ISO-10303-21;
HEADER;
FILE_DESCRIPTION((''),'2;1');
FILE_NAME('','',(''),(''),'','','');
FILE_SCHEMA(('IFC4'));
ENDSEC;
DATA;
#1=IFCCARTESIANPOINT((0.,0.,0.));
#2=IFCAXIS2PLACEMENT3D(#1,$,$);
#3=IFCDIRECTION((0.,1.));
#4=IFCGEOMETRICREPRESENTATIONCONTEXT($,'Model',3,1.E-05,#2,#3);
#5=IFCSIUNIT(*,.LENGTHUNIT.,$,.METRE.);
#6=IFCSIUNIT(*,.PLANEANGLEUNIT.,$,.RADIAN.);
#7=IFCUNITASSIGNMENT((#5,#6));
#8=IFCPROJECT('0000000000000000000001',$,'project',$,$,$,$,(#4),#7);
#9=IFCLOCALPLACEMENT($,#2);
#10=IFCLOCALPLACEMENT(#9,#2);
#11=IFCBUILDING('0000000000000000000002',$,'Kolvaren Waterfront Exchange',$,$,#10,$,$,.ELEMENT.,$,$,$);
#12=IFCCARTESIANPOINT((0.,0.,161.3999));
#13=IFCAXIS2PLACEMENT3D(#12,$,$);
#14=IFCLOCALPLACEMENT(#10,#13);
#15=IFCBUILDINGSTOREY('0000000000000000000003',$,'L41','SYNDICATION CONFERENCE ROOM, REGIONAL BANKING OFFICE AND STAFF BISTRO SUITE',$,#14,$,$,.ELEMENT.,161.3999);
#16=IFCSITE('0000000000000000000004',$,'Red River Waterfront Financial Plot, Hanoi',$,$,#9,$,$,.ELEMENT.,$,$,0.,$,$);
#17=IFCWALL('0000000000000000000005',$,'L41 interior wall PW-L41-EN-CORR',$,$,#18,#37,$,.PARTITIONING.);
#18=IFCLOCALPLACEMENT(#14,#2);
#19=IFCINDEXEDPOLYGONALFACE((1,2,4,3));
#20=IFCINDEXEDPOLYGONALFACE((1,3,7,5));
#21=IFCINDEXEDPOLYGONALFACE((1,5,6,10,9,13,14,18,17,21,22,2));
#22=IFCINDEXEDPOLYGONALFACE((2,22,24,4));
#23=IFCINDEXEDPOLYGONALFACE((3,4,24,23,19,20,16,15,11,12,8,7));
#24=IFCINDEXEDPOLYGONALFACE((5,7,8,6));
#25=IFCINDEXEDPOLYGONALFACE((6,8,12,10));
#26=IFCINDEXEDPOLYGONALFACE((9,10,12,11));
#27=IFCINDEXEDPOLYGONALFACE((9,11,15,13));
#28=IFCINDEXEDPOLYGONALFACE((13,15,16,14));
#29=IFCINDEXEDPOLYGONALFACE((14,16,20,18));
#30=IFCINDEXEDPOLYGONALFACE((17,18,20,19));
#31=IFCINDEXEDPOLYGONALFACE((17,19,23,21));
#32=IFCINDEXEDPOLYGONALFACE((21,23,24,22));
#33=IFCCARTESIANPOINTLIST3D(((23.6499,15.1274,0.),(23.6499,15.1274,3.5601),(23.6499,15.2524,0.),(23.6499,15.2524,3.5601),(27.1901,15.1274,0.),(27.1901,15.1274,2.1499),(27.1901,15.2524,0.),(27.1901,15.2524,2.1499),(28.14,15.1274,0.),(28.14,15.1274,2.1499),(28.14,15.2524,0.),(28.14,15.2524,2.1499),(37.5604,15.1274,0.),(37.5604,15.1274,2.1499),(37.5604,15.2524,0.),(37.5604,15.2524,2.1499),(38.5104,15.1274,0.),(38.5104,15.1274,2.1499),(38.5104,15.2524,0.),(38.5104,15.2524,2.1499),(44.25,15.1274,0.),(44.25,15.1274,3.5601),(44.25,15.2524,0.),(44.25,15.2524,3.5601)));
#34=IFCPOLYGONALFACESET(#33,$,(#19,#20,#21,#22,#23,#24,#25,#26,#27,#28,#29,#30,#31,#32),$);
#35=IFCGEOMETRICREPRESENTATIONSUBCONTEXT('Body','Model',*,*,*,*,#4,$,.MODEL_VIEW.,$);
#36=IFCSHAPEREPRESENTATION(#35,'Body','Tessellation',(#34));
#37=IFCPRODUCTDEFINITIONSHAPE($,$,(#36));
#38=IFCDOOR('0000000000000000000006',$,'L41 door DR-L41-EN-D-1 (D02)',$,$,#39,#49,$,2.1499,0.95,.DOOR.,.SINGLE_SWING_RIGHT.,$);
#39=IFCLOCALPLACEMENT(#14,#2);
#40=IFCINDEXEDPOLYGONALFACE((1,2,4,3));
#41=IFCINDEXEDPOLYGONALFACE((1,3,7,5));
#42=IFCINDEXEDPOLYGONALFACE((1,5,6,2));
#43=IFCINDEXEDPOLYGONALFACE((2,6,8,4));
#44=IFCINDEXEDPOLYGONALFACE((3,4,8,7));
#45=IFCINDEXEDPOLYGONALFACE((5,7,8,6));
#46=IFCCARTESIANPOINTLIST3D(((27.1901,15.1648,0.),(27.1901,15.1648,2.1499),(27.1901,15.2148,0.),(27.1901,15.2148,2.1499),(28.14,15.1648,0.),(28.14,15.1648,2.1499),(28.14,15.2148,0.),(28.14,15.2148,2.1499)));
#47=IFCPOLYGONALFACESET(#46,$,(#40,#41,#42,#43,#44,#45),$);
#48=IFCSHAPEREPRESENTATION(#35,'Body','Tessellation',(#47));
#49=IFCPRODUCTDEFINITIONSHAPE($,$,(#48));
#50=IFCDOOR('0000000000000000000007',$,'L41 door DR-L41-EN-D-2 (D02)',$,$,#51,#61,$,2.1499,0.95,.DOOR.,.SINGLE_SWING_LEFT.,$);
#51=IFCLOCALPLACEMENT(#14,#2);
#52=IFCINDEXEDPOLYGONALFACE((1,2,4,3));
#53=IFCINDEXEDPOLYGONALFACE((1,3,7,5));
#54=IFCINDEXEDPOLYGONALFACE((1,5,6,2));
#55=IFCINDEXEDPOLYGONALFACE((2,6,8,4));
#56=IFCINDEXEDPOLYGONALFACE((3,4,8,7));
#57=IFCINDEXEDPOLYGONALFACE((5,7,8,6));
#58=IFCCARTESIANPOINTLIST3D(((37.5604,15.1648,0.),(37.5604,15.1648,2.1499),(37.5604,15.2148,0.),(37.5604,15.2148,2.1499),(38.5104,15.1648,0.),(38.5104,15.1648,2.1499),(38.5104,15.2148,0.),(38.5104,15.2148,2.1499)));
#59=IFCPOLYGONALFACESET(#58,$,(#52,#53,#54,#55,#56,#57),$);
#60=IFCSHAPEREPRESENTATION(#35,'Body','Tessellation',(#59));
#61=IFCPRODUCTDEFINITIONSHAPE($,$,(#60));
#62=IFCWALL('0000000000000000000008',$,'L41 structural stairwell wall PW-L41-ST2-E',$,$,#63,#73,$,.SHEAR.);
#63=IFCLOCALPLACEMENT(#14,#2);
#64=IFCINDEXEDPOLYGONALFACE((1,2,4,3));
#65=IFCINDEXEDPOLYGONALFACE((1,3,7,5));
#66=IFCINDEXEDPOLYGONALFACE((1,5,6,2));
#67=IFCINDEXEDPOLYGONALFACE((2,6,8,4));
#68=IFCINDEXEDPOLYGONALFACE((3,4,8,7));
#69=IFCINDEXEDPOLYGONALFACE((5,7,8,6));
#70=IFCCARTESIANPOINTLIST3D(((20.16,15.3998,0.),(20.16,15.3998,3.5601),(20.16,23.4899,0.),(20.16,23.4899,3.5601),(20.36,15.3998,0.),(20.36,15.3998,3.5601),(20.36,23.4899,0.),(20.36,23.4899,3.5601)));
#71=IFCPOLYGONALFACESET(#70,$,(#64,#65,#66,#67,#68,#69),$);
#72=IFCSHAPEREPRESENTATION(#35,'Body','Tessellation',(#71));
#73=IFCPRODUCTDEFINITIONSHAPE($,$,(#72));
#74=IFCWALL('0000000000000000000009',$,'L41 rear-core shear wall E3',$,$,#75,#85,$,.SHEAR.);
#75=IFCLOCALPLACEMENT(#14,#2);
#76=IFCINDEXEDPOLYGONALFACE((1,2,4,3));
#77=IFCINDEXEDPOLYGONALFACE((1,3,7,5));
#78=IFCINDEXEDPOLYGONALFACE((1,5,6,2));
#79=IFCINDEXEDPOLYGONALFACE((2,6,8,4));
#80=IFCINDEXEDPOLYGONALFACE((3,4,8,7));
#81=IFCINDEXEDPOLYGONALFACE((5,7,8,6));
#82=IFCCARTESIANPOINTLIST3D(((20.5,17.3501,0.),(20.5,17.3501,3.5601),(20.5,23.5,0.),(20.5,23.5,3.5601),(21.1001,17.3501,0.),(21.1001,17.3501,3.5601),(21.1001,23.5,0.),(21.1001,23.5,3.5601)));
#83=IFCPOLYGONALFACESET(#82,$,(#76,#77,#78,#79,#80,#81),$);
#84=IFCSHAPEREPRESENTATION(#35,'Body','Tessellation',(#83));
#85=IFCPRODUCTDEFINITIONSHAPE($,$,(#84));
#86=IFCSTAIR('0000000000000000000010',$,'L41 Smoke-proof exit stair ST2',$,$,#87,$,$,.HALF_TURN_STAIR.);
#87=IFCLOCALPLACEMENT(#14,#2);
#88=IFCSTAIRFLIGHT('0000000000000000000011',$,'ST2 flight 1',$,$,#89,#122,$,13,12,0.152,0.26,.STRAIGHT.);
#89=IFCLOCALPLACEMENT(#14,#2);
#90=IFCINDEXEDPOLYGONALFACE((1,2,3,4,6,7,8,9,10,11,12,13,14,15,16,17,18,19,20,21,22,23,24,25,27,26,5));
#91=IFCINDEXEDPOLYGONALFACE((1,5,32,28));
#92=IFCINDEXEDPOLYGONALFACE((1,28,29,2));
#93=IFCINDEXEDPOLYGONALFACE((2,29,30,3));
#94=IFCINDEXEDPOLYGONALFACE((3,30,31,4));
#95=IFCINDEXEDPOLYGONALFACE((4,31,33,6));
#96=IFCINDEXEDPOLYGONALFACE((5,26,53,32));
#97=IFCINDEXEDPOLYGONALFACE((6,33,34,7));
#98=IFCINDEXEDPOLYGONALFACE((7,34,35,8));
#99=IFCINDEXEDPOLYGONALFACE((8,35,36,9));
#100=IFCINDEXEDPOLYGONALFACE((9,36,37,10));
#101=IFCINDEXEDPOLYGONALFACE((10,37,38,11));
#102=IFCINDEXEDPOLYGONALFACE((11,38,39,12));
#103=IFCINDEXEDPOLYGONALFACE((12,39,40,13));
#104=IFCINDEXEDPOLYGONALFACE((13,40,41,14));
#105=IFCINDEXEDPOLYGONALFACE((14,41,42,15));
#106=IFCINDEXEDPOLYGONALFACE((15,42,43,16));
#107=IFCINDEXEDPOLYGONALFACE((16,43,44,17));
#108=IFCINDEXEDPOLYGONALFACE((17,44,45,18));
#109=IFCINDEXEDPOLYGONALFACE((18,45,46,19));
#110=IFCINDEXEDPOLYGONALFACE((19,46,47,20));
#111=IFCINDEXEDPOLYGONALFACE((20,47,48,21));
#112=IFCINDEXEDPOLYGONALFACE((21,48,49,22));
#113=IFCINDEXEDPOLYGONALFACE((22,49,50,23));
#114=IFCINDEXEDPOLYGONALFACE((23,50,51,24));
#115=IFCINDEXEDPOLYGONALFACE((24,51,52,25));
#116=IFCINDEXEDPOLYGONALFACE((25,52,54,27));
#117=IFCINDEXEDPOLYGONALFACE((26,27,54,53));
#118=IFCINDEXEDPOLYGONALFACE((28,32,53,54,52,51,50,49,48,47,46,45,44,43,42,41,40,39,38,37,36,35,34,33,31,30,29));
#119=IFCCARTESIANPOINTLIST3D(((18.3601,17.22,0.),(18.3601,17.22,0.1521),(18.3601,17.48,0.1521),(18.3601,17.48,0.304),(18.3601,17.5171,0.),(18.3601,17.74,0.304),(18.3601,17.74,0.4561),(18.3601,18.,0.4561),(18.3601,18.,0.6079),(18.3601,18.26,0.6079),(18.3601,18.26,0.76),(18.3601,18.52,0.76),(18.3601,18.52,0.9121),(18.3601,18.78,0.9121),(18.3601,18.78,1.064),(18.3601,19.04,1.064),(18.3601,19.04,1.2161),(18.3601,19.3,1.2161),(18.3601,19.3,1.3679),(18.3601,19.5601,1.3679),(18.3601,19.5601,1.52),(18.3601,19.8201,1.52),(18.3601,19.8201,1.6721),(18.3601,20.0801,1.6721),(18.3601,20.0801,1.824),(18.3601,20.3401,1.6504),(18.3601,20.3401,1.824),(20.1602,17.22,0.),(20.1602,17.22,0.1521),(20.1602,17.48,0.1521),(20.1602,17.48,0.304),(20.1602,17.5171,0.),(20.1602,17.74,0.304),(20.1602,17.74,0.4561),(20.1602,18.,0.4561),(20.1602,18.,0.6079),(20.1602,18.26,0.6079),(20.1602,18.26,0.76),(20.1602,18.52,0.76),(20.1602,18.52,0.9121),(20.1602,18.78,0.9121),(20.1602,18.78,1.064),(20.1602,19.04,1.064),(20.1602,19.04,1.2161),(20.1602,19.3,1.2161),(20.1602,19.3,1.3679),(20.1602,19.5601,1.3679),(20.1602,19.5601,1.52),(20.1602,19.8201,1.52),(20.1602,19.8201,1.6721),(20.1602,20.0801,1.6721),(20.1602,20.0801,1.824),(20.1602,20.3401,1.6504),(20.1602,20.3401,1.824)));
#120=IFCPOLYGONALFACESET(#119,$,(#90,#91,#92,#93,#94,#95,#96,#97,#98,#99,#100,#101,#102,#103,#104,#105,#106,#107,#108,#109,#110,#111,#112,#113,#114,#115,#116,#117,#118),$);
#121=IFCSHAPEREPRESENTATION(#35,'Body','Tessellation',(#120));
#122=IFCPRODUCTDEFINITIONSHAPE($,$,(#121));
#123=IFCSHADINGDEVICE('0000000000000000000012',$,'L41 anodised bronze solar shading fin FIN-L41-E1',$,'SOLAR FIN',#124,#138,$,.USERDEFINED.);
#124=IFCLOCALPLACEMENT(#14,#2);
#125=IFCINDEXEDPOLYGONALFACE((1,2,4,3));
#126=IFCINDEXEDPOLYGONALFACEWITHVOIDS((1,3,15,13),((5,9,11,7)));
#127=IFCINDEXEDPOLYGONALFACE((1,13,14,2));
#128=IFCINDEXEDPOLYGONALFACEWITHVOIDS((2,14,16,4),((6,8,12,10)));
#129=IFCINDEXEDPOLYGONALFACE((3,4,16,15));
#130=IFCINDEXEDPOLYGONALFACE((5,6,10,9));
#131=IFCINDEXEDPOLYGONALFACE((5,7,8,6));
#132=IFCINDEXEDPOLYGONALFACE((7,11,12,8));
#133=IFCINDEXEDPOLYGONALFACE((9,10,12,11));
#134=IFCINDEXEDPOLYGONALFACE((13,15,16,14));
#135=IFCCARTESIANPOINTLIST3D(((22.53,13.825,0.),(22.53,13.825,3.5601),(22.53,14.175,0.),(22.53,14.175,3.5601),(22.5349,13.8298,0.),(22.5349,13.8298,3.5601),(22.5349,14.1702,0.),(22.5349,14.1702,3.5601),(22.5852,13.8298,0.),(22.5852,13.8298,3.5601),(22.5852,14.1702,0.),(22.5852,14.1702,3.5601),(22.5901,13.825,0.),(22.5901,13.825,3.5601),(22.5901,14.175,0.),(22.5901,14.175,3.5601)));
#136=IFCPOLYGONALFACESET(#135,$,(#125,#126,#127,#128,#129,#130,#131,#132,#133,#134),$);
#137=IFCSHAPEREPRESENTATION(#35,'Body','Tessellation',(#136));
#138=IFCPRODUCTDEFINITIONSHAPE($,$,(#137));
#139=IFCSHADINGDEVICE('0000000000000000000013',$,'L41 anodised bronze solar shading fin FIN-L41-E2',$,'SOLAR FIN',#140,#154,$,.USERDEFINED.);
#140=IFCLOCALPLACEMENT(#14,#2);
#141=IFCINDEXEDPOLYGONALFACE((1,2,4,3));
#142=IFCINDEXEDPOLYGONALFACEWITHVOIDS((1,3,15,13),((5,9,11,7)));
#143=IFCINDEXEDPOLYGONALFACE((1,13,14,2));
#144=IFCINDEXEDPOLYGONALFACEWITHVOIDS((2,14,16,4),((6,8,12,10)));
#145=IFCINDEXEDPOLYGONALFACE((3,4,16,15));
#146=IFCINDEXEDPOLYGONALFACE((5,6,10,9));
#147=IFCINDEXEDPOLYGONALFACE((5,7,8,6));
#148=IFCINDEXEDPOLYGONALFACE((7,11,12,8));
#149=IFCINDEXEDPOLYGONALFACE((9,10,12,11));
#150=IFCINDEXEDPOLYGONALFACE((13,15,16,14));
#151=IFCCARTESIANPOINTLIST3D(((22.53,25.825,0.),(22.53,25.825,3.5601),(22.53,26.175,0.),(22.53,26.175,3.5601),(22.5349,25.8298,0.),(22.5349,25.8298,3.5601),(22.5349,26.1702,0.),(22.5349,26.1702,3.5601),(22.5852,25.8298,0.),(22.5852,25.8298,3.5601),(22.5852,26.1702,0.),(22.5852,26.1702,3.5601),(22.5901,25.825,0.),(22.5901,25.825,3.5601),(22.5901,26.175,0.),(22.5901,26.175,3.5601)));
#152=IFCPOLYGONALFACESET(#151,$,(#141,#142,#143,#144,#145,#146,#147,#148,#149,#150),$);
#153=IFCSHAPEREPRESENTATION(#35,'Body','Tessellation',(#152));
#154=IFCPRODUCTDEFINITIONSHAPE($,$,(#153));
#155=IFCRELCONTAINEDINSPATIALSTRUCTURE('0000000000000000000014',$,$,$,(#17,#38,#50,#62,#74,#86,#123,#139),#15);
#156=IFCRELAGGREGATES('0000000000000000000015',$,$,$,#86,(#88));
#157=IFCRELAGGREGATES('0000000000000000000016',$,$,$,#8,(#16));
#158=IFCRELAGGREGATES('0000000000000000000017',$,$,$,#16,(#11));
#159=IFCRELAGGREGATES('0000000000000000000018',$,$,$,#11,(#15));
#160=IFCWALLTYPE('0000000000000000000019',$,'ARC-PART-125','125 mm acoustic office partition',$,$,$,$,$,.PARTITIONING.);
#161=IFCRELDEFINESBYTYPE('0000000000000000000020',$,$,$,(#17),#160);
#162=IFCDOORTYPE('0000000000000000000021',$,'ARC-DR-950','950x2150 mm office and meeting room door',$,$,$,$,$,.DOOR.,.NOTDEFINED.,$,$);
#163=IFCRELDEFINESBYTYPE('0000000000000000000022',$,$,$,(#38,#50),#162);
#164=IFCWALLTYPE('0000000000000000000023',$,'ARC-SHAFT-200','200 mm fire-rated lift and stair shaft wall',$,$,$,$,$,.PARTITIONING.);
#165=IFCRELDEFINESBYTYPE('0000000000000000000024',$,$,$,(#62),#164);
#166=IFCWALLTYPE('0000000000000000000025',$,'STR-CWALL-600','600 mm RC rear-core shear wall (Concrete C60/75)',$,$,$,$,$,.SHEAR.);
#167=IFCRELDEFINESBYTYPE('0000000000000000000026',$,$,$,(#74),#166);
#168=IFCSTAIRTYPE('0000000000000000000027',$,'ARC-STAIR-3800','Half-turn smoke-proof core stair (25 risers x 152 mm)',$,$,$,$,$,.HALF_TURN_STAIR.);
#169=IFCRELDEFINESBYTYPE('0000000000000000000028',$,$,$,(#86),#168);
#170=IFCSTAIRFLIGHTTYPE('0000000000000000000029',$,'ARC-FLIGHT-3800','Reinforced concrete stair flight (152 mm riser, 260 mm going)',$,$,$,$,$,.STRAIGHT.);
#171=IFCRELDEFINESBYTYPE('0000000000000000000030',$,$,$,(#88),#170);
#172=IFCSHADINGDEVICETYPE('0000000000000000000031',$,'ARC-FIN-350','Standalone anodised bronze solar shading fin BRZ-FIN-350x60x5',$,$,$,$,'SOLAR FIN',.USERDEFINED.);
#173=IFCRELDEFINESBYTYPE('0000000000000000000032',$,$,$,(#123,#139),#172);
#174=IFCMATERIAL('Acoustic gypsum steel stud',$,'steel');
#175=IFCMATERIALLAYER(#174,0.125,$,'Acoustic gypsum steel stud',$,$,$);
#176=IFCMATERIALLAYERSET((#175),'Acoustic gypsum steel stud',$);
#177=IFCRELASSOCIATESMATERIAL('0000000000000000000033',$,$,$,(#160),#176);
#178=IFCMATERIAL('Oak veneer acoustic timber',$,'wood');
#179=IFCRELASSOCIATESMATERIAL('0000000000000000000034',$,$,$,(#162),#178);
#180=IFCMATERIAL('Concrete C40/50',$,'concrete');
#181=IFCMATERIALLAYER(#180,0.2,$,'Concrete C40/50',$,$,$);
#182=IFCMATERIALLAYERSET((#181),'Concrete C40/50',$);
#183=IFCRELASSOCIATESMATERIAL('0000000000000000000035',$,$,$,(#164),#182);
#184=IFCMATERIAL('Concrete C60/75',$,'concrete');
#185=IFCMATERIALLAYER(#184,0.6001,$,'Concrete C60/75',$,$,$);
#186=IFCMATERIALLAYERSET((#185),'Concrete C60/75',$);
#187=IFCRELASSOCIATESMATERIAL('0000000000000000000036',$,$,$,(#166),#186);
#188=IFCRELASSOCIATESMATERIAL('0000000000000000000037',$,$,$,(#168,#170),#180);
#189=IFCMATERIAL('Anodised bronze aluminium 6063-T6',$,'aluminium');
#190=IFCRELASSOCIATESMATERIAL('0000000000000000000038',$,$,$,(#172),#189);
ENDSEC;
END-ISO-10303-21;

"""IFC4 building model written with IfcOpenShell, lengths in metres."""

from ifc_helpers import new_model, si_unit, direction, frame, frame_2d, origin, origin_2d, place, context, subcontext, project, spatial, polyline, rectangle, hollow_rectangle, outline, extrude, material, layer, layer_set, material_profile, profile_set, type_object, element, fill, aggregate, save


model = new_model("IFC4")

# Units and contexts
model_context = context("Model", 3, precision=1e-05, world=origin(), true_north=direction((0.0, 1.0)))
body_context = subcontext(model_context, "Body", "Model", "MODEL_VIEW")
ifc_project = project(units=[si_unit("LENGTHUNIT", "METRE"), si_unit("PLANEANGLEUNIT", "RADIAN")], contexts=[model_context])

# Site, building, storey
site_placement = place(None, origin())
site = spatial("IfcSite", under=ifc_project, at=site_placement, Name="Red River Waterfront Financial Plot, Hanoi", CompositionType="ELEMENT", RefElevation=0.0)
building_placement = place(site_placement, origin())
building = spatial("IfcBuilding", under=site, at=building_placement, Name="Kolvaren Waterfront Exchange", CompositionType="ELEMENT")
storey_placement = place(building_placement, frame((0.0, 0.0, 161.3999)))
storey = spatial("IfcBuildingStorey", under=building, at=storey_placement, Name="L41", Description="SYNDICATION CONFERENCE ROOM, REGIONAL BANKING OFFICE AND STAFF BISTRO SUITE", CompositionType="ELEMENT", Elevation=161.3999)

# Shared definitions
ifc_material_1 = material(Name="Concrete C60/75", Category="concrete")

# Shared definitions
ifc_material_2 = material(Name="Acoustic gypsum steel stud", Category="steel")
ifc_layer_1 = layer(ifc_material_2, 0.125, Name="Acoustic gypsum steel stud")
ifc_layer_set_1 = layer_set([ifc_layer_1], Name="Acoustic gypsum steel stud")
wall_type_1 = type_object("IfcWallType", Name="ARC-PART-125", Description="125 mm acoustic office partition", PredefinedType="PARTITIONING", material=ifc_layer_set_1)
ifc_material_3 = material(Name="Oak veneer acoustic timber", Category="wood")
door_type_1 = type_object("IfcDoorType", Name="ARC-DR-950", Description="950x2150 mm office and meeting room door", OperationType="NOTDEFINED", PredefinedType="DOOR", material=ifc_material_3)

# Wall, openings, doors
wall_1_placement = place(storey_placement, frame((23.6499, 15.1899, 0.0), z_axis=(0.0, 0.0, 1.0), x_axis=(1.0, 0.0, 0.0)))
wall_1 = element("IfcWall", 1, at=wall_1_placement, inside=storey, type_object=wall_type_1, Name="L41 interior wall PW-L41-EN-CORR", PredefinedType="PARTITIONING", context=body_context, shape_type="SweptSolid", body=[
    extrude(rectangle(XDim=20.6001, YDim=0.125, at=frame_2d((10.3, 0.0))), origin(), (0.0, 0.0, 1.0), 3.5601),
])
opening_1_placement = place(wall_1_placement, frame((3.54, 0.0, 0.0)))
opening_1 = element("IfcOpeningElement", 2, at=opening_1_placement, cuts=wall_1, PredefinedType="OPENING", context=body_context, shape_type="SweptSolid", body=[
    extrude(rectangle(XDim=0.95, YDim=2.1499, at=frame_2d((0.4751, 1.075))), frame((0.0, 0.0725, 0.0), z_axis=(0.0, -1.0, 0.0), x_axis=(1.0, 0.0, 0.0)), (0.0, 0.0, 1.0), 0.145),
])
opening_2_placement = place(wall_1_placement, frame((13.9104, 0.0, 0.0)))
opening_2 = element("IfcOpeningElement", 3, at=opening_2_placement, cuts=wall_1, PredefinedType="OPENING", context=body_context, shape_type="SweptSolid", body=[
    extrude(rectangle(XDim=0.95, YDim=2.1499, at=frame_2d((0.4751, 1.075))), frame((0.0, 0.0725, 0.0), z_axis=(0.0, -1.0, 0.0), x_axis=(1.0, 0.0, 0.0)), (0.0, 0.0, 1.0), 0.145),
])
door_1_placement = place(opening_1_placement, origin())
door_1 = element("IfcDoor", 4, at=door_1_placement, inside=storey, type_object=door_type_1, Name="L41 door DR-L41-EN-D-1 (D02)", OperationType="SINGLE_SWING_RIGHT", OverallHeight=2.1499, OverallWidth=0.95, PredefinedType="DOOR", context=body_context, shape_type="SweptSolid", body=[
    extrude(rectangle(XDim=0.95, YDim=2.1499, at=frame_2d((0.4751, 1.075))), frame((0.0, 0.0249, 0.0), z_axis=(0.0, -1.0, 0.0), x_axis=(1.0, 0.0, 0.0)), (0.0, 0.0, 1.0), 0.05),
])
fill(opening_1, door_1)
door_2_placement = place(opening_2_placement, origin())
door_2 = element("IfcDoor", 5, at=door_2_placement, inside=storey, type_object=door_type_1, Name="L41 door DR-L41-EN-D-2 (D02)", OperationType="SINGLE_SWING_LEFT", OverallHeight=2.1499, OverallWidth=0.95, PredefinedType="DOOR", context=body_context, shape_type="SweptSolid", body=[
    extrude(rectangle(XDim=0.95, YDim=2.1499, at=frame_2d((0.4751, 1.075))), frame((0.0, 0.0249, 0.0), z_axis=(0.0, -1.0, 0.0), x_axis=(1.0, 0.0, 0.0)), (0.0, 0.0, 1.0), 0.05),
])
fill(opening_2, door_2)

# Walls
ifc_material_4 = material(Name="Concrete C40/50", Category="concrete")
ifc_layer_2 = layer(ifc_material_4, 0.2, Name="Concrete C40/50")
ifc_layer_set_2 = layer_set([ifc_layer_2], Name="Concrete C40/50")
wall_type_2 = type_object("IfcWallType", Name="ARC-SHAFT-200", Description="200 mm fire-rated lift and stair shaft wall", PredefinedType="PARTITIONING", material=ifc_layer_set_2)
wall_2_placement = place(storey_placement, frame((20.26, 15.3999, 0.0), z_axis=(0.0, 0.0, 1.0), x_axis=(0.0, 1.0, 0.0)))
element("IfcWall", 6, at=wall_2_placement, inside=storey, type_object=wall_type_2, Name="L41 structural stairwell wall PW-L41-ST2-E", PredefinedType="SHEAR", context=body_context, shape_type="SweptSolid", body=[
    extrude(rectangle(XDim=8.0901, YDim=0.2, at=frame_2d((4.0449, 0.0))), origin(), (0.0, 0.0, 1.0), 3.5601),
])
ifc_layer_3 = layer(ifc_material_1, 0.6001, Name="Concrete C60/75")
ifc_layer_set_3 = layer_set([ifc_layer_3], Name="Concrete C60/75")
wall_type_3 = type_object("IfcWallType", Name="STR-CWALL-600", Description="600 mm RC rear-core shear wall (Concrete C60/75)", PredefinedType="SHEAR", material=ifc_layer_set_3)
wall_3_placement = place(storey_placement, frame((20.8, 17.3501, 0.0), z_axis=(0.0, 0.0, 1.0), x_axis=(0.0, 1.0, 0.0)))
element("IfcWall", 7, at=wall_3_placement, inside=storey, type_object=wall_type_3, Name="L41 rear-core shear wall E3", PredefinedType="SHEAR", context=body_context, shape_type="SweptSolid", body=[
    extrude(rectangle(XDim=6.1499, YDim=0.6001, at=frame_2d((3.075, 0.0))), origin(), (0.0, 0.0, 1.0), 3.5601),
])

# Stair, stair flight
stair_type = type_object("IfcStairType", Name="ARC-STAIR-3800", Description="Half-turn smoke-proof core stair (25 risers x 152 mm)", PredefinedType="HALF_TURN_STAIR", material=ifc_material_4)
stair_placement = place(storey_placement, origin())
stair = element("IfcStair", 8, at=stair_placement, inside=storey, type_object=stair_type, Name="L41 Smoke-proof exit stair ST2", PredefinedType="HALF_TURN_STAIR")
stair_flight_type = type_object("IfcStairFlightType", Name="ARC-FLIGHT-3800", Description="Reinforced concrete stair flight (152 mm riser, 260 mm going)", PredefinedType="STRAIGHT", material=ifc_material_4)
stair_flight_placement = place(storey_placement, frame((19.26, 17.22, 0.0), z_axis=(0.0, 0.0, 1.0), x_axis=(0.0, 1.0, 0.0)))
stair_flight = element("IfcStairFlight", 9, at=stair_flight_placement, type_object=stair_flight_type, Name="ST2 flight 1", NumberOfRisers=13, NumberOfTreads=12, PredefinedType="STRAIGHT", RiserHeight=0.152, TreadLength=0.26, context=body_context, shape_type="SweptSolid", body=[
    extrude(outline(polyline([(0.0, 0.0), (0.0, 0.1521), (0.26, 0.1521), (0.26, 0.304), (0.52, 0.304), (0.52, 0.4561), (0.78, 0.4561), (0.78, 0.6079), (1.04, 0.6079), (1.04, 0.76), (1.3, 0.76), (1.3, 0.9121), (1.5601, 0.9121), (1.5601, 1.064), (1.8201, 1.064), (1.8201, 1.2161), (2.0801, 1.2161), (2.0801, 1.3679), (2.3401, 1.3679), (2.3401, 1.52), (2.6001, 1.52), (2.6001, 1.6721), (2.8601, 1.6721), (2.8601, 1.824), (3.1201, 1.824), (3.1201, 1.9761), (3.1201, 1.6504), (0.2971, 0.0), (0.0, 0.0)])), frame((0.0, 0.8999, 0.0), z_axis=(0.0, -1.0, 0.0), x_axis=(1.0, 0.0, 0.0)), (0.0, 0.0, 1.0), 1.8),
])
aggregate(stair, [stair_flight])

# Shading devices
ifc_material_5 = material(Name="Anodised bronze aluminium 6063-T6", Category="aluminium")
ifc_material_profile_1 = material_profile(ifc_material_5, hollow_rectangle(XDim=0.0601, YDim=0.3501, WallThickness=0.0049, at=origin_2d()), Name="BRZ-FIN-350x60x5")
ifc_profile_set_1 = profile_set([ifc_material_profile_1], Name="Anodised bronze aluminium 6063-T6")
shading_device_type = type_object("IfcShadingDeviceType", Name="ARC-FIN-350", Description="Standalone anodised bronze solar shading fin BRZ-FIN-350x60x5", ElementType="SOLAR FIN", PredefinedType="USERDEFINED", material=ifc_profile_set_1)
for number, where, z_axis, x_axis, name in (
    (10, (22.5601, 14.0, 0.0), (0.0, 0.0, 1.0), (1.0, 0.0, 0.0), "L41 anodised bronze solar shading fin FIN-L41-E1"),
    (11, (22.5601, 26.0, 0.0), (0.0, 0.0, 1.0), (1.0, 0.0, 0.0), "L41 anodised bronze solar shading fin FIN-L41-E2"),
):
    element("IfcShadingDevice", number, at=place(storey_placement, frame(where, z_axis=z_axis, x_axis=x_axis)), inside=storey, type_object=shading_device_type, Name=name, ObjectType="SOLAR FIN", PredefinedType="USERDEFINED", context=body_context, shape_type="SweptSolid", body=[
        extrude(hollow_rectangle(XDim=0.0601, YDim=0.3501, WallThickness=0.0049, at=origin_2d()), origin(), (0.0, 0.0, 1.0), 3.5601),
    ])

save(model, "model.ifc")
